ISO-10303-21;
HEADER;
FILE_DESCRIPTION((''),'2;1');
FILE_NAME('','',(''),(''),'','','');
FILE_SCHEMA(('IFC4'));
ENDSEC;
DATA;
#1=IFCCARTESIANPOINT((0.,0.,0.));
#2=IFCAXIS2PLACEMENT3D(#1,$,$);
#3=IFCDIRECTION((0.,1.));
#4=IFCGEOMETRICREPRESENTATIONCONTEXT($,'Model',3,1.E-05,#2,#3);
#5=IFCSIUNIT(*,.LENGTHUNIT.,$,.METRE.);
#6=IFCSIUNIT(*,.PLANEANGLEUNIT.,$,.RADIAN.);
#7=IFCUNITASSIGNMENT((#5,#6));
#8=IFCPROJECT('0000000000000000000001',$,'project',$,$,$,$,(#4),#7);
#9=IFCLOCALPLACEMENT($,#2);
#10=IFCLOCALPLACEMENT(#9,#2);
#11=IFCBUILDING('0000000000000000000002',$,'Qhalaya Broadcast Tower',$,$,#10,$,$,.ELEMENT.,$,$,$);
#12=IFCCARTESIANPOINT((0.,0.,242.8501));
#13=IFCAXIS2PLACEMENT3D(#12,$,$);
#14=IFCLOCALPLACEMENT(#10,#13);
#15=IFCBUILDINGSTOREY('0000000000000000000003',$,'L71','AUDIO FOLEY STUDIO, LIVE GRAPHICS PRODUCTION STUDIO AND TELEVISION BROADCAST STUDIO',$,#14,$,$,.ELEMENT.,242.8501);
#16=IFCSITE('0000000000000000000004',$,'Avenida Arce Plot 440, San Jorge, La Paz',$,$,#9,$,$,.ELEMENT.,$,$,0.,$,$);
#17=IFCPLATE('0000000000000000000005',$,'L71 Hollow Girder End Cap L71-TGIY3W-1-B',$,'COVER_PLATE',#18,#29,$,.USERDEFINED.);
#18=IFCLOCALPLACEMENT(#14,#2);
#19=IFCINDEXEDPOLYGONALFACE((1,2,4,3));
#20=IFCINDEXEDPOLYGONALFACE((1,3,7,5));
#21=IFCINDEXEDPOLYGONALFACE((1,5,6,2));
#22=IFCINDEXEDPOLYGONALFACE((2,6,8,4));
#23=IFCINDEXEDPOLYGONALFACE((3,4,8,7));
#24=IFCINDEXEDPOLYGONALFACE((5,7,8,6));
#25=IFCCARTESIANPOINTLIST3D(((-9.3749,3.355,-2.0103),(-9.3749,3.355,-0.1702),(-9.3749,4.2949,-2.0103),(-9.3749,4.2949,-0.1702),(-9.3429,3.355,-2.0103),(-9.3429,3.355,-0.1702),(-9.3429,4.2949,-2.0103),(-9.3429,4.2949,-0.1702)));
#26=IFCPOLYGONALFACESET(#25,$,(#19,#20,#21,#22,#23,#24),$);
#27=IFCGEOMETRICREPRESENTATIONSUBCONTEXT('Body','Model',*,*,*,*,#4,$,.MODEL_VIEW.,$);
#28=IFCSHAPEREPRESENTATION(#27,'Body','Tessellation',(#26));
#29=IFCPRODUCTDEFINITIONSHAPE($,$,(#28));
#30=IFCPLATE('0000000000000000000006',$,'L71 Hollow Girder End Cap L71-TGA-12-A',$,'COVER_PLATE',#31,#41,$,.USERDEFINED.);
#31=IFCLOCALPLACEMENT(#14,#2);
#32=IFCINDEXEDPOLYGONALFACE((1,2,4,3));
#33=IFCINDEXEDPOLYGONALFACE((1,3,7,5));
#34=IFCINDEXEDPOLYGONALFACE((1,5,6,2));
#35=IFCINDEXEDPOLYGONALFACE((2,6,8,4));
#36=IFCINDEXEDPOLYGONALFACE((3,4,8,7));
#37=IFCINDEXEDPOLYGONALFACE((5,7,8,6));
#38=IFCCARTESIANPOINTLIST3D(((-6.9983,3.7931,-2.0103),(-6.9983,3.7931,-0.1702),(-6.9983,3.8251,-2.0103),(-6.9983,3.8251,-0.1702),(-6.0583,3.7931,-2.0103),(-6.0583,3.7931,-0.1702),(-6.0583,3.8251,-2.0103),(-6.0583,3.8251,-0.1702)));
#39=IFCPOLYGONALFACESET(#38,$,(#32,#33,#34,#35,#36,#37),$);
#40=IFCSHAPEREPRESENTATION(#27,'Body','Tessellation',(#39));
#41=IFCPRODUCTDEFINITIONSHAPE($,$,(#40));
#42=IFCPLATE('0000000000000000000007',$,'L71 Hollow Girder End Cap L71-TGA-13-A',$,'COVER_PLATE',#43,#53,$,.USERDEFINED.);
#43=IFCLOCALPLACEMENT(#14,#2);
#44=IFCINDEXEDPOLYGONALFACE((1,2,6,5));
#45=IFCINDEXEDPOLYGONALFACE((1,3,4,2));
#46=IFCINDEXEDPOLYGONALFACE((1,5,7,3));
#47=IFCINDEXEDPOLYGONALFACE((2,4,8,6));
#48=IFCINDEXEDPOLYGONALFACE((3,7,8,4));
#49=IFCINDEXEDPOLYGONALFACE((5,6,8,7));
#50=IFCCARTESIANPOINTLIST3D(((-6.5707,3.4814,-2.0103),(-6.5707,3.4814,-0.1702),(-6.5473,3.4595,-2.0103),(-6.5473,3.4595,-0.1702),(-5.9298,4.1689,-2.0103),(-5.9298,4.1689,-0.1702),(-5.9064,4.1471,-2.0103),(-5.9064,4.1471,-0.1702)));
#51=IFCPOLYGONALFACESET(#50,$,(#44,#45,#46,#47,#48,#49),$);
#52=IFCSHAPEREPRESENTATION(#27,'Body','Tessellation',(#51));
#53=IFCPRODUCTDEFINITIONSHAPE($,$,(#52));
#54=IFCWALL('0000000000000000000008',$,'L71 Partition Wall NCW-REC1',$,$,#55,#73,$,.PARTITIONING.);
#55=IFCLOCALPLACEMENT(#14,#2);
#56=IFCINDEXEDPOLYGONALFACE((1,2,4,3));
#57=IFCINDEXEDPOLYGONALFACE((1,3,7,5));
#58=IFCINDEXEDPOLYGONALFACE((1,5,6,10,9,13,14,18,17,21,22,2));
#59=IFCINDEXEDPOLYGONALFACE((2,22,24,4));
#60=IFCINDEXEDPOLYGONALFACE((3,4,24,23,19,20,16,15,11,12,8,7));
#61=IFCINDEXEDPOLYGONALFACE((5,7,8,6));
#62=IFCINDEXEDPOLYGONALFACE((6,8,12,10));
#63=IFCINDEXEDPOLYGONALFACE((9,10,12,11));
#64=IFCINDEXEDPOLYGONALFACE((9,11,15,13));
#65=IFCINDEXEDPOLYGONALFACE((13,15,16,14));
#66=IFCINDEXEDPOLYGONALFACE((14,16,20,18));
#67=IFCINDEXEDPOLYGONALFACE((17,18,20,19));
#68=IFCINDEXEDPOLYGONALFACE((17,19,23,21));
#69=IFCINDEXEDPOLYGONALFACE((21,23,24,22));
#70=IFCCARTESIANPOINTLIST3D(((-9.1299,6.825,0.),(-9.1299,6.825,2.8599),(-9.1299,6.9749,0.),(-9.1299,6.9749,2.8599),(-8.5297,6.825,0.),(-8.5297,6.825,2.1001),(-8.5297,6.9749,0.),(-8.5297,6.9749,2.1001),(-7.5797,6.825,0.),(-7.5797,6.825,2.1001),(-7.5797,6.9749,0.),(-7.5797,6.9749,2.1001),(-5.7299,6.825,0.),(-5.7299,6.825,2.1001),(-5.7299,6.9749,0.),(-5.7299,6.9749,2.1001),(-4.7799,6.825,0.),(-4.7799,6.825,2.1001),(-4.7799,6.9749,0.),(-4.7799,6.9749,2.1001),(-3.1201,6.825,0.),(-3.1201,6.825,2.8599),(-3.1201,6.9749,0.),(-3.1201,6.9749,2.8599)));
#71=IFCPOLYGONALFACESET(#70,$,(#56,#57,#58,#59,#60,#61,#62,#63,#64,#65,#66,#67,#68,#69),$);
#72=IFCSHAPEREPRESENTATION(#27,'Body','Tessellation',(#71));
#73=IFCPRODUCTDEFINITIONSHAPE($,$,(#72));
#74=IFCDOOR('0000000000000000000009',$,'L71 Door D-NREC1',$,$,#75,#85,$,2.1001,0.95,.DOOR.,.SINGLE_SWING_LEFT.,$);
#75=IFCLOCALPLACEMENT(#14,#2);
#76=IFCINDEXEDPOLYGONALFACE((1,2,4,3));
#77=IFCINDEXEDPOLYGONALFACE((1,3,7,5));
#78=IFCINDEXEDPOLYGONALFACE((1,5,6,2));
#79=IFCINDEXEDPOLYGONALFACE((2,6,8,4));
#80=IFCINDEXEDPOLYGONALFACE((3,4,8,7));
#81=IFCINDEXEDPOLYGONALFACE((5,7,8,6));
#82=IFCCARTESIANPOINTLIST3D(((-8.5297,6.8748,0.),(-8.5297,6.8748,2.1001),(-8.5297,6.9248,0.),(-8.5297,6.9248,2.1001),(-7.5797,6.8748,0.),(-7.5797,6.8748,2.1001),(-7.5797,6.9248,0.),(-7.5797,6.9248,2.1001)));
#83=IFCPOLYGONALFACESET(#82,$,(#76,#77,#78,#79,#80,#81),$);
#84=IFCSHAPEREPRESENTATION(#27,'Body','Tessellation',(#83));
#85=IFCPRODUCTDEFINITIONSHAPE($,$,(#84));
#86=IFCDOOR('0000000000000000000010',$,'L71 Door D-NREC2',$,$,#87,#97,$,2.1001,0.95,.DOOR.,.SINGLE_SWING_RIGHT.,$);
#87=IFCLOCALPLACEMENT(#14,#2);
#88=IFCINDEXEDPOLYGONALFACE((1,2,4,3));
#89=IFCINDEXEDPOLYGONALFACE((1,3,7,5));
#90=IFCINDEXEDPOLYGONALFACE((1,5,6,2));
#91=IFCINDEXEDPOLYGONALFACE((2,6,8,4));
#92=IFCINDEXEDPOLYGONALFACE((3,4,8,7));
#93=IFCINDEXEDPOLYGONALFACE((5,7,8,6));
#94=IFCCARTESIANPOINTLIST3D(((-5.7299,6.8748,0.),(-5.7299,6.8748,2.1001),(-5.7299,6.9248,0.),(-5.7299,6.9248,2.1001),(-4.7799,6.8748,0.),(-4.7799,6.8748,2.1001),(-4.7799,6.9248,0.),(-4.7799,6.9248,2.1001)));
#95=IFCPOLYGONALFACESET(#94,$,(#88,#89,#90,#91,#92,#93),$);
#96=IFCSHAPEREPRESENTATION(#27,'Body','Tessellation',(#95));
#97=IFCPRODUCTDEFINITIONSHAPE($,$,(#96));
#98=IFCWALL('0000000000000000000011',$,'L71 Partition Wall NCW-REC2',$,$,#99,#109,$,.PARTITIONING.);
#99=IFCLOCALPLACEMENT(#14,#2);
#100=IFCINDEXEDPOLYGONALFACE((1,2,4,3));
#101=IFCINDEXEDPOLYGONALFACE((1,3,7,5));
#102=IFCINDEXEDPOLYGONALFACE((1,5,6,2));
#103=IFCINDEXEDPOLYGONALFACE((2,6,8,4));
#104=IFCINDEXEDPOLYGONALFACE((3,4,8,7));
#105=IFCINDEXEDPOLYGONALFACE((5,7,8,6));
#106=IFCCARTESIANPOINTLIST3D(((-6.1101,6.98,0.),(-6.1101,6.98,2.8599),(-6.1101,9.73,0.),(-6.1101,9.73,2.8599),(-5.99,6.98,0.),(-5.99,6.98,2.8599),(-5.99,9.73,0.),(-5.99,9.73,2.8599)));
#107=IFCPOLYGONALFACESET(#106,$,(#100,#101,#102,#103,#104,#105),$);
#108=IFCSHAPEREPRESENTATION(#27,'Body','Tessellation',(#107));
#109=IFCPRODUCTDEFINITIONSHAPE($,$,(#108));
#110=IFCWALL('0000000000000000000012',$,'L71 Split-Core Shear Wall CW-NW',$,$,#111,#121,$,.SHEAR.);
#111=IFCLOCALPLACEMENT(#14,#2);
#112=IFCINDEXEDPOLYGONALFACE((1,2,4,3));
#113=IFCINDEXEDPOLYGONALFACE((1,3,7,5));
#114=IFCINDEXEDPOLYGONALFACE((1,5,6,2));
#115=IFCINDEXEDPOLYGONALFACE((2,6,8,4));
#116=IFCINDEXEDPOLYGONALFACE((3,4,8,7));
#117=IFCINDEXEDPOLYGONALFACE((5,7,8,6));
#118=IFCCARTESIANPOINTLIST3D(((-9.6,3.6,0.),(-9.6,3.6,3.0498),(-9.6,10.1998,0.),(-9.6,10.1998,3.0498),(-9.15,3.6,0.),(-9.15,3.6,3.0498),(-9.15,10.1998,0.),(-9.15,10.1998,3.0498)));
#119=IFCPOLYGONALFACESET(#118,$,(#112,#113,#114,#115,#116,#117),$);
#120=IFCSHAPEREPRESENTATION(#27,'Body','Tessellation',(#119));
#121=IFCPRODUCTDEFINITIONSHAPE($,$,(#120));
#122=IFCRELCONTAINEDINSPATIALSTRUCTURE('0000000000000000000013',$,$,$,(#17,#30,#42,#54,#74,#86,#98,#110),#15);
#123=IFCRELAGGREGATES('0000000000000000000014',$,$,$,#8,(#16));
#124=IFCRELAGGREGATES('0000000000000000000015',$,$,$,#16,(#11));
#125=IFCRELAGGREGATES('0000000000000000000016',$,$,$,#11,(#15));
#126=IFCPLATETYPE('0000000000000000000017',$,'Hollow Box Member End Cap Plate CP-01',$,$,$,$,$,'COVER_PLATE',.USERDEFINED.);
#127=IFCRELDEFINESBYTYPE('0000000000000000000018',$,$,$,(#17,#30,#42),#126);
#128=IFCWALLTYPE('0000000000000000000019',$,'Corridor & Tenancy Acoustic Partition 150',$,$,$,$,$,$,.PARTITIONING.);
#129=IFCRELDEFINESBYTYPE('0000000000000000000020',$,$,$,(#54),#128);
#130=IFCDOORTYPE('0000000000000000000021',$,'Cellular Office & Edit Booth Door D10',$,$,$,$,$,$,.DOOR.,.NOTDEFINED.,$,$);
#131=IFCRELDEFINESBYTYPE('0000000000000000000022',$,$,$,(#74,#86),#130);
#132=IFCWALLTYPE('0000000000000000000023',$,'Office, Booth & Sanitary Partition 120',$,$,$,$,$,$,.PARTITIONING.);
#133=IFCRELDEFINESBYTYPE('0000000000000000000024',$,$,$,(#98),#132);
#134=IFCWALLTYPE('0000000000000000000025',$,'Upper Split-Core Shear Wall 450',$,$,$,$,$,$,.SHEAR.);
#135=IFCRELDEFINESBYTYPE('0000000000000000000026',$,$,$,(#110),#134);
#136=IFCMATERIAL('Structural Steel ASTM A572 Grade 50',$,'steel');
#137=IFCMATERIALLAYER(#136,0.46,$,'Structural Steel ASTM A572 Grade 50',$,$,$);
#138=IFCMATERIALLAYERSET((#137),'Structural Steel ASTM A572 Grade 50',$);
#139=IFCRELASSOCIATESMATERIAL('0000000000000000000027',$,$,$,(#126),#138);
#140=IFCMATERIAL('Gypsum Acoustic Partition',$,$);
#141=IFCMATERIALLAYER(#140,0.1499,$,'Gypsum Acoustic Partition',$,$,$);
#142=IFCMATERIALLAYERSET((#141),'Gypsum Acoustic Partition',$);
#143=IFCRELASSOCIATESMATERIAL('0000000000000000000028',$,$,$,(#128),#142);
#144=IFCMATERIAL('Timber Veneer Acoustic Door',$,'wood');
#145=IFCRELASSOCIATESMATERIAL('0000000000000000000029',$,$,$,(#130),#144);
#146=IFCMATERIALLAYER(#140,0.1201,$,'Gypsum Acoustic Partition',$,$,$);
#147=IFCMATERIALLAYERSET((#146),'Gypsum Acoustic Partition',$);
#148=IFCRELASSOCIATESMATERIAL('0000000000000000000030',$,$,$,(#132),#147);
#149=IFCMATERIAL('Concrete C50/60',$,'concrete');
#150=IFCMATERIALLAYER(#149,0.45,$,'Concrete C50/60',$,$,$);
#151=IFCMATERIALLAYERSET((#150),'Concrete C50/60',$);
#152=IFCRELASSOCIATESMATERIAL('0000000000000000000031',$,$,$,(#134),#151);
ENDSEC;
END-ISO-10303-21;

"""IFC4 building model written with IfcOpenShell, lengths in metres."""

from ifc_helpers import new_model, si_unit, direction, frame, frame_2d, origin, origin_2d, place, context, subcontext, project, spatial, rectangle, extrude, material, layer, layer_set, type_object, element, fill, save


model = new_model("IFC4")

# Units and contexts
model_context = context("Model", 3, precision=1e-05, world=origin(), true_north=direction((0.0, 1.0)))
body_context = subcontext(model_context, "Body", "Model", "MODEL_VIEW")
ifc_project = project(units=[si_unit("LENGTHUNIT", "METRE"), si_unit("PLANEANGLEUNIT", "RADIAN")], contexts=[model_context])

# Site, building, storey
site_placement = place(None, origin())
site = spatial("IfcSite", under=ifc_project, at=site_placement, Name="Avenida Arce Plot 440, San Jorge, La Paz", CompositionType="ELEMENT", RefElevation=0.0)
building_placement = place(site_placement, origin())
building = spatial("IfcBuilding", under=site, at=building_placement, Name="Qhalaya Broadcast Tower", CompositionType="ELEMENT")
storey_placement = place(building_placement, frame((0.0, 0.0, 242.8501)))
storey = spatial("IfcBuildingStorey", under=building, at=storey_placement, Name="L71", Description="AUDIO FOLEY STUDIO, LIVE GRAPHICS PRODUCTION STUDIO AND TELEVISION BROADCAST STUDIO", CompositionType="ELEMENT", Elevation=242.8501)

# Shared definitions
ifc_material_1 = material(Name="Concrete C50/60", Category="concrete")

# Shared definitions
ifc_material_2 = material(Name="Structural Steel ASTM A572 Grade 50", Category="steel")

# Plates
ifc_layer_1 = layer(ifc_material_2, 0.46, Name="Structural Steel ASTM A572 Grade 50")
ifc_layer_set_1 = layer_set([ifc_layer_1], Name="Structural Steel ASTM A572 Grade 50")
plate_type = type_object("IfcPlateType", Name="Hollow Box Member End Cap Plate CP-01", ElementType="COVER_PLATE", PredefinedType="USERDEFINED", material=ifc_layer_set_1)
for number, where, z_axis, x_axis, name in (
    (1, (-9.3589, 3.825, -2.0103), (0.0, 0.0, 1.0), (0.0, 1.0, 0.0), "L71 Hollow Girder End Cap L71-TGIY3W-1-B"),
    (2, (-6.5283, 3.8091, -2.0103), (0.0, 0.0, 1.0), (-1.0, 0.0, 0.0), "L71 Hollow Girder End Cap L71-TGA-12-A"),
    (3, (-6.2385, 3.8142, -2.0103), (0.0, 0.0, 1.0), (-0.681896, -0.731449, 0.0), "L71 Hollow Girder End Cap L71-TGA-13-A"),
):
    element("IfcPlate", number, at=place(storey_placement, frame(where, z_axis=z_axis, x_axis=x_axis)), inside=storey, type_object=plate_type, Name=name, ObjectType="COVER_PLATE", PredefinedType="USERDEFINED", context=body_context, shape_type="SweptSolid", body=[
        extrude(rectangle(XDim=0.9399, YDim=0.032, at=origin_2d()), origin(), (0.0, 0.0, 1.0), 1.8401),
    ])

# Wall, openings, doors
ifc_material_3 = material(Name="Gypsum Acoustic Partition")
ifc_layer_2 = layer(ifc_material_3, 0.1499, Name="Gypsum Acoustic Partition")
ifc_layer_set_2 = layer_set([ifc_layer_2], Name="Gypsum Acoustic Partition")
wall_type_1 = type_object("IfcWallType", Name="Corridor & Tenancy Acoustic Partition 150", PredefinedType="PARTITIONING", material=ifc_layer_set_2)
wall_1_placement = place(storey_placement, frame((-9.1299, 6.8999, 0.0), z_axis=(0.0, 0.0, 1.0), x_axis=(1.0, 0.0, 0.0)))
wall_1 = element("IfcWall", 4, at=wall_1_placement, inside=storey, type_object=wall_type_1, Name="L71 Partition Wall NCW-REC1", PredefinedType="PARTITIONING", context=body_context, shape_type="SweptSolid", body=[
    extrude(rectangle(XDim=6.0098, YDim=0.1499, at=frame_2d((3.0049, 0.0))), origin(), (0.0, 0.0, 1.0), 2.8599),
])
opening_1_placement = place(wall_1_placement, frame((0.6001, 0.0, 0.0)))
opening_1 = element("IfcOpeningElement", 5, at=opening_1_placement, cuts=wall_1, PredefinedType="OPENING", context=body_context, shape_type="SweptSolid", body=[
    extrude(rectangle(XDim=0.95, YDim=2.1001, at=frame_2d((0.4751, 1.05))), frame((0.0, 0.0869, 0.0), z_axis=(0.0, -1.0, 0.0), x_axis=(1.0, 0.0, 0.0)), (0.0, 0.0, 1.0), 0.1738),
])
opening_2_placement = place(wall_1_placement, frame((3.3999, 0.0, 0.0)))
opening_2 = element("IfcOpeningElement", 6, at=opening_2_placement, cuts=wall_1, PredefinedType="OPENING", context=body_context, shape_type="SweptSolid", body=[
    extrude(rectangle(XDim=0.95, YDim=2.1001, at=frame_2d((0.4751, 1.05))), frame((0.0, 0.0869, 0.0), z_axis=(0.0, -1.0, 0.0), x_axis=(1.0, 0.0, 0.0)), (0.0, 0.0, 1.0), 0.1738),
])
ifc_material_4 = material(Name="Timber Veneer Acoustic Door", Category="wood")
door_type_1 = type_object("IfcDoorType", Name="Cellular Office & Edit Booth Door D10", OperationType="NOTDEFINED", PredefinedType="DOOR", material=ifc_material_4)
door_1_placement = place(opening_1_placement, origin())
door_1 = element("IfcDoor", 7, at=door_1_placement, inside=storey, type_object=door_type_1, Name="L71 Door D-NREC1", OperationType="SINGLE_SWING_LEFT", OverallHeight=2.1001, OverallWidth=0.95, PredefinedType="DOOR", context=body_context, shape_type="SweptSolid", body=[
    extrude(rectangle(XDim=0.95, YDim=2.1001, at=frame_2d((0.4751, 1.05))), frame((0.0, 0.0249, 0.0), z_axis=(0.0, -1.0, 0.0), x_axis=(1.0, 0.0, 0.0)), (0.0, 0.0, 1.0), 0.05),
])
fill(opening_1, door_1)
door_2_placement = place(opening_2_placement, origin())
door_2 = element("IfcDoor", 8, at=door_2_placement, inside=storey, type_object=door_type_1, Name="L71 Door D-NREC2", OperationType="SINGLE_SWING_RIGHT", OverallHeight=2.1001, OverallWidth=0.95, PredefinedType="DOOR", context=body_context, shape_type="SweptSolid", body=[
    extrude(rectangle(XDim=0.95, YDim=2.1001, at=frame_2d((0.4751, 1.05))), frame((0.0, 0.0249, 0.0), z_axis=(0.0, -1.0, 0.0), x_axis=(1.0, 0.0, 0.0)), (0.0, 0.0, 1.0), 0.05),
])
fill(opening_2, door_2)

# Wall
ifc_layer_3 = layer(ifc_material_3, 0.1201, Name="Gypsum Acoustic Partition")
ifc_layer_set_3 = layer_set([ifc_layer_3], Name="Gypsum Acoustic Partition")
wall_type_2 = type_object("IfcWallType", Name="Office, Booth & Sanitary Partition 120", PredefinedType="PARTITIONING", material=ifc_layer_set_3)
wall_2_placement = place(storey_placement, frame((-6.05, 6.98, 0.0), z_axis=(0.0, 0.0, 1.0), x_axis=(0.0, 1.0, 0.0)))
element("IfcWall", 9, at=wall_2_placement, inside=storey, type_object=wall_type_2, Name="L71 Partition Wall NCW-REC2", PredefinedType="PARTITIONING", context=body_context, shape_type="SweptSolid", body=[
    extrude(rectangle(XDim=2.75, YDim=0.1201, at=frame_2d((1.375, 0.0))), origin(), (0.0, 0.0, 1.0), 2.8599),
])

# Shared definitions
ifc_layer_4 = layer(ifc_material_1, 0.45, Name="Concrete C50/60")
ifc_layer_set_4 = layer_set([ifc_layer_4], Name="Concrete C50/60")
wall_type_3 = type_object("IfcWallType", Name="Upper Split-Core Shear Wall 450", PredefinedType="SHEAR", material=ifc_layer_set_4)

# Wall
wall_3_placement = place(storey_placement, frame((-9.375, 3.6001, 0.0), z_axis=(0.0, 0.0, 1.0), x_axis=(0.0, 1.0, 0.0)))
element("IfcWall", 10, at=wall_3_placement, inside=storey, type_object=wall_type_3, Name="L71 Split-Core Shear Wall CW-NW", PredefinedType="SHEAR", context=body_context, shape_type="SweptSolid", body=[
    extrude(rectangle(XDim=6.5999, YDim=0.45, at=frame_2d((3.2998, 0.0))), origin(), (0.0, 0.0, 1.0), 3.0498),
])

save(model, "model.ifc")
